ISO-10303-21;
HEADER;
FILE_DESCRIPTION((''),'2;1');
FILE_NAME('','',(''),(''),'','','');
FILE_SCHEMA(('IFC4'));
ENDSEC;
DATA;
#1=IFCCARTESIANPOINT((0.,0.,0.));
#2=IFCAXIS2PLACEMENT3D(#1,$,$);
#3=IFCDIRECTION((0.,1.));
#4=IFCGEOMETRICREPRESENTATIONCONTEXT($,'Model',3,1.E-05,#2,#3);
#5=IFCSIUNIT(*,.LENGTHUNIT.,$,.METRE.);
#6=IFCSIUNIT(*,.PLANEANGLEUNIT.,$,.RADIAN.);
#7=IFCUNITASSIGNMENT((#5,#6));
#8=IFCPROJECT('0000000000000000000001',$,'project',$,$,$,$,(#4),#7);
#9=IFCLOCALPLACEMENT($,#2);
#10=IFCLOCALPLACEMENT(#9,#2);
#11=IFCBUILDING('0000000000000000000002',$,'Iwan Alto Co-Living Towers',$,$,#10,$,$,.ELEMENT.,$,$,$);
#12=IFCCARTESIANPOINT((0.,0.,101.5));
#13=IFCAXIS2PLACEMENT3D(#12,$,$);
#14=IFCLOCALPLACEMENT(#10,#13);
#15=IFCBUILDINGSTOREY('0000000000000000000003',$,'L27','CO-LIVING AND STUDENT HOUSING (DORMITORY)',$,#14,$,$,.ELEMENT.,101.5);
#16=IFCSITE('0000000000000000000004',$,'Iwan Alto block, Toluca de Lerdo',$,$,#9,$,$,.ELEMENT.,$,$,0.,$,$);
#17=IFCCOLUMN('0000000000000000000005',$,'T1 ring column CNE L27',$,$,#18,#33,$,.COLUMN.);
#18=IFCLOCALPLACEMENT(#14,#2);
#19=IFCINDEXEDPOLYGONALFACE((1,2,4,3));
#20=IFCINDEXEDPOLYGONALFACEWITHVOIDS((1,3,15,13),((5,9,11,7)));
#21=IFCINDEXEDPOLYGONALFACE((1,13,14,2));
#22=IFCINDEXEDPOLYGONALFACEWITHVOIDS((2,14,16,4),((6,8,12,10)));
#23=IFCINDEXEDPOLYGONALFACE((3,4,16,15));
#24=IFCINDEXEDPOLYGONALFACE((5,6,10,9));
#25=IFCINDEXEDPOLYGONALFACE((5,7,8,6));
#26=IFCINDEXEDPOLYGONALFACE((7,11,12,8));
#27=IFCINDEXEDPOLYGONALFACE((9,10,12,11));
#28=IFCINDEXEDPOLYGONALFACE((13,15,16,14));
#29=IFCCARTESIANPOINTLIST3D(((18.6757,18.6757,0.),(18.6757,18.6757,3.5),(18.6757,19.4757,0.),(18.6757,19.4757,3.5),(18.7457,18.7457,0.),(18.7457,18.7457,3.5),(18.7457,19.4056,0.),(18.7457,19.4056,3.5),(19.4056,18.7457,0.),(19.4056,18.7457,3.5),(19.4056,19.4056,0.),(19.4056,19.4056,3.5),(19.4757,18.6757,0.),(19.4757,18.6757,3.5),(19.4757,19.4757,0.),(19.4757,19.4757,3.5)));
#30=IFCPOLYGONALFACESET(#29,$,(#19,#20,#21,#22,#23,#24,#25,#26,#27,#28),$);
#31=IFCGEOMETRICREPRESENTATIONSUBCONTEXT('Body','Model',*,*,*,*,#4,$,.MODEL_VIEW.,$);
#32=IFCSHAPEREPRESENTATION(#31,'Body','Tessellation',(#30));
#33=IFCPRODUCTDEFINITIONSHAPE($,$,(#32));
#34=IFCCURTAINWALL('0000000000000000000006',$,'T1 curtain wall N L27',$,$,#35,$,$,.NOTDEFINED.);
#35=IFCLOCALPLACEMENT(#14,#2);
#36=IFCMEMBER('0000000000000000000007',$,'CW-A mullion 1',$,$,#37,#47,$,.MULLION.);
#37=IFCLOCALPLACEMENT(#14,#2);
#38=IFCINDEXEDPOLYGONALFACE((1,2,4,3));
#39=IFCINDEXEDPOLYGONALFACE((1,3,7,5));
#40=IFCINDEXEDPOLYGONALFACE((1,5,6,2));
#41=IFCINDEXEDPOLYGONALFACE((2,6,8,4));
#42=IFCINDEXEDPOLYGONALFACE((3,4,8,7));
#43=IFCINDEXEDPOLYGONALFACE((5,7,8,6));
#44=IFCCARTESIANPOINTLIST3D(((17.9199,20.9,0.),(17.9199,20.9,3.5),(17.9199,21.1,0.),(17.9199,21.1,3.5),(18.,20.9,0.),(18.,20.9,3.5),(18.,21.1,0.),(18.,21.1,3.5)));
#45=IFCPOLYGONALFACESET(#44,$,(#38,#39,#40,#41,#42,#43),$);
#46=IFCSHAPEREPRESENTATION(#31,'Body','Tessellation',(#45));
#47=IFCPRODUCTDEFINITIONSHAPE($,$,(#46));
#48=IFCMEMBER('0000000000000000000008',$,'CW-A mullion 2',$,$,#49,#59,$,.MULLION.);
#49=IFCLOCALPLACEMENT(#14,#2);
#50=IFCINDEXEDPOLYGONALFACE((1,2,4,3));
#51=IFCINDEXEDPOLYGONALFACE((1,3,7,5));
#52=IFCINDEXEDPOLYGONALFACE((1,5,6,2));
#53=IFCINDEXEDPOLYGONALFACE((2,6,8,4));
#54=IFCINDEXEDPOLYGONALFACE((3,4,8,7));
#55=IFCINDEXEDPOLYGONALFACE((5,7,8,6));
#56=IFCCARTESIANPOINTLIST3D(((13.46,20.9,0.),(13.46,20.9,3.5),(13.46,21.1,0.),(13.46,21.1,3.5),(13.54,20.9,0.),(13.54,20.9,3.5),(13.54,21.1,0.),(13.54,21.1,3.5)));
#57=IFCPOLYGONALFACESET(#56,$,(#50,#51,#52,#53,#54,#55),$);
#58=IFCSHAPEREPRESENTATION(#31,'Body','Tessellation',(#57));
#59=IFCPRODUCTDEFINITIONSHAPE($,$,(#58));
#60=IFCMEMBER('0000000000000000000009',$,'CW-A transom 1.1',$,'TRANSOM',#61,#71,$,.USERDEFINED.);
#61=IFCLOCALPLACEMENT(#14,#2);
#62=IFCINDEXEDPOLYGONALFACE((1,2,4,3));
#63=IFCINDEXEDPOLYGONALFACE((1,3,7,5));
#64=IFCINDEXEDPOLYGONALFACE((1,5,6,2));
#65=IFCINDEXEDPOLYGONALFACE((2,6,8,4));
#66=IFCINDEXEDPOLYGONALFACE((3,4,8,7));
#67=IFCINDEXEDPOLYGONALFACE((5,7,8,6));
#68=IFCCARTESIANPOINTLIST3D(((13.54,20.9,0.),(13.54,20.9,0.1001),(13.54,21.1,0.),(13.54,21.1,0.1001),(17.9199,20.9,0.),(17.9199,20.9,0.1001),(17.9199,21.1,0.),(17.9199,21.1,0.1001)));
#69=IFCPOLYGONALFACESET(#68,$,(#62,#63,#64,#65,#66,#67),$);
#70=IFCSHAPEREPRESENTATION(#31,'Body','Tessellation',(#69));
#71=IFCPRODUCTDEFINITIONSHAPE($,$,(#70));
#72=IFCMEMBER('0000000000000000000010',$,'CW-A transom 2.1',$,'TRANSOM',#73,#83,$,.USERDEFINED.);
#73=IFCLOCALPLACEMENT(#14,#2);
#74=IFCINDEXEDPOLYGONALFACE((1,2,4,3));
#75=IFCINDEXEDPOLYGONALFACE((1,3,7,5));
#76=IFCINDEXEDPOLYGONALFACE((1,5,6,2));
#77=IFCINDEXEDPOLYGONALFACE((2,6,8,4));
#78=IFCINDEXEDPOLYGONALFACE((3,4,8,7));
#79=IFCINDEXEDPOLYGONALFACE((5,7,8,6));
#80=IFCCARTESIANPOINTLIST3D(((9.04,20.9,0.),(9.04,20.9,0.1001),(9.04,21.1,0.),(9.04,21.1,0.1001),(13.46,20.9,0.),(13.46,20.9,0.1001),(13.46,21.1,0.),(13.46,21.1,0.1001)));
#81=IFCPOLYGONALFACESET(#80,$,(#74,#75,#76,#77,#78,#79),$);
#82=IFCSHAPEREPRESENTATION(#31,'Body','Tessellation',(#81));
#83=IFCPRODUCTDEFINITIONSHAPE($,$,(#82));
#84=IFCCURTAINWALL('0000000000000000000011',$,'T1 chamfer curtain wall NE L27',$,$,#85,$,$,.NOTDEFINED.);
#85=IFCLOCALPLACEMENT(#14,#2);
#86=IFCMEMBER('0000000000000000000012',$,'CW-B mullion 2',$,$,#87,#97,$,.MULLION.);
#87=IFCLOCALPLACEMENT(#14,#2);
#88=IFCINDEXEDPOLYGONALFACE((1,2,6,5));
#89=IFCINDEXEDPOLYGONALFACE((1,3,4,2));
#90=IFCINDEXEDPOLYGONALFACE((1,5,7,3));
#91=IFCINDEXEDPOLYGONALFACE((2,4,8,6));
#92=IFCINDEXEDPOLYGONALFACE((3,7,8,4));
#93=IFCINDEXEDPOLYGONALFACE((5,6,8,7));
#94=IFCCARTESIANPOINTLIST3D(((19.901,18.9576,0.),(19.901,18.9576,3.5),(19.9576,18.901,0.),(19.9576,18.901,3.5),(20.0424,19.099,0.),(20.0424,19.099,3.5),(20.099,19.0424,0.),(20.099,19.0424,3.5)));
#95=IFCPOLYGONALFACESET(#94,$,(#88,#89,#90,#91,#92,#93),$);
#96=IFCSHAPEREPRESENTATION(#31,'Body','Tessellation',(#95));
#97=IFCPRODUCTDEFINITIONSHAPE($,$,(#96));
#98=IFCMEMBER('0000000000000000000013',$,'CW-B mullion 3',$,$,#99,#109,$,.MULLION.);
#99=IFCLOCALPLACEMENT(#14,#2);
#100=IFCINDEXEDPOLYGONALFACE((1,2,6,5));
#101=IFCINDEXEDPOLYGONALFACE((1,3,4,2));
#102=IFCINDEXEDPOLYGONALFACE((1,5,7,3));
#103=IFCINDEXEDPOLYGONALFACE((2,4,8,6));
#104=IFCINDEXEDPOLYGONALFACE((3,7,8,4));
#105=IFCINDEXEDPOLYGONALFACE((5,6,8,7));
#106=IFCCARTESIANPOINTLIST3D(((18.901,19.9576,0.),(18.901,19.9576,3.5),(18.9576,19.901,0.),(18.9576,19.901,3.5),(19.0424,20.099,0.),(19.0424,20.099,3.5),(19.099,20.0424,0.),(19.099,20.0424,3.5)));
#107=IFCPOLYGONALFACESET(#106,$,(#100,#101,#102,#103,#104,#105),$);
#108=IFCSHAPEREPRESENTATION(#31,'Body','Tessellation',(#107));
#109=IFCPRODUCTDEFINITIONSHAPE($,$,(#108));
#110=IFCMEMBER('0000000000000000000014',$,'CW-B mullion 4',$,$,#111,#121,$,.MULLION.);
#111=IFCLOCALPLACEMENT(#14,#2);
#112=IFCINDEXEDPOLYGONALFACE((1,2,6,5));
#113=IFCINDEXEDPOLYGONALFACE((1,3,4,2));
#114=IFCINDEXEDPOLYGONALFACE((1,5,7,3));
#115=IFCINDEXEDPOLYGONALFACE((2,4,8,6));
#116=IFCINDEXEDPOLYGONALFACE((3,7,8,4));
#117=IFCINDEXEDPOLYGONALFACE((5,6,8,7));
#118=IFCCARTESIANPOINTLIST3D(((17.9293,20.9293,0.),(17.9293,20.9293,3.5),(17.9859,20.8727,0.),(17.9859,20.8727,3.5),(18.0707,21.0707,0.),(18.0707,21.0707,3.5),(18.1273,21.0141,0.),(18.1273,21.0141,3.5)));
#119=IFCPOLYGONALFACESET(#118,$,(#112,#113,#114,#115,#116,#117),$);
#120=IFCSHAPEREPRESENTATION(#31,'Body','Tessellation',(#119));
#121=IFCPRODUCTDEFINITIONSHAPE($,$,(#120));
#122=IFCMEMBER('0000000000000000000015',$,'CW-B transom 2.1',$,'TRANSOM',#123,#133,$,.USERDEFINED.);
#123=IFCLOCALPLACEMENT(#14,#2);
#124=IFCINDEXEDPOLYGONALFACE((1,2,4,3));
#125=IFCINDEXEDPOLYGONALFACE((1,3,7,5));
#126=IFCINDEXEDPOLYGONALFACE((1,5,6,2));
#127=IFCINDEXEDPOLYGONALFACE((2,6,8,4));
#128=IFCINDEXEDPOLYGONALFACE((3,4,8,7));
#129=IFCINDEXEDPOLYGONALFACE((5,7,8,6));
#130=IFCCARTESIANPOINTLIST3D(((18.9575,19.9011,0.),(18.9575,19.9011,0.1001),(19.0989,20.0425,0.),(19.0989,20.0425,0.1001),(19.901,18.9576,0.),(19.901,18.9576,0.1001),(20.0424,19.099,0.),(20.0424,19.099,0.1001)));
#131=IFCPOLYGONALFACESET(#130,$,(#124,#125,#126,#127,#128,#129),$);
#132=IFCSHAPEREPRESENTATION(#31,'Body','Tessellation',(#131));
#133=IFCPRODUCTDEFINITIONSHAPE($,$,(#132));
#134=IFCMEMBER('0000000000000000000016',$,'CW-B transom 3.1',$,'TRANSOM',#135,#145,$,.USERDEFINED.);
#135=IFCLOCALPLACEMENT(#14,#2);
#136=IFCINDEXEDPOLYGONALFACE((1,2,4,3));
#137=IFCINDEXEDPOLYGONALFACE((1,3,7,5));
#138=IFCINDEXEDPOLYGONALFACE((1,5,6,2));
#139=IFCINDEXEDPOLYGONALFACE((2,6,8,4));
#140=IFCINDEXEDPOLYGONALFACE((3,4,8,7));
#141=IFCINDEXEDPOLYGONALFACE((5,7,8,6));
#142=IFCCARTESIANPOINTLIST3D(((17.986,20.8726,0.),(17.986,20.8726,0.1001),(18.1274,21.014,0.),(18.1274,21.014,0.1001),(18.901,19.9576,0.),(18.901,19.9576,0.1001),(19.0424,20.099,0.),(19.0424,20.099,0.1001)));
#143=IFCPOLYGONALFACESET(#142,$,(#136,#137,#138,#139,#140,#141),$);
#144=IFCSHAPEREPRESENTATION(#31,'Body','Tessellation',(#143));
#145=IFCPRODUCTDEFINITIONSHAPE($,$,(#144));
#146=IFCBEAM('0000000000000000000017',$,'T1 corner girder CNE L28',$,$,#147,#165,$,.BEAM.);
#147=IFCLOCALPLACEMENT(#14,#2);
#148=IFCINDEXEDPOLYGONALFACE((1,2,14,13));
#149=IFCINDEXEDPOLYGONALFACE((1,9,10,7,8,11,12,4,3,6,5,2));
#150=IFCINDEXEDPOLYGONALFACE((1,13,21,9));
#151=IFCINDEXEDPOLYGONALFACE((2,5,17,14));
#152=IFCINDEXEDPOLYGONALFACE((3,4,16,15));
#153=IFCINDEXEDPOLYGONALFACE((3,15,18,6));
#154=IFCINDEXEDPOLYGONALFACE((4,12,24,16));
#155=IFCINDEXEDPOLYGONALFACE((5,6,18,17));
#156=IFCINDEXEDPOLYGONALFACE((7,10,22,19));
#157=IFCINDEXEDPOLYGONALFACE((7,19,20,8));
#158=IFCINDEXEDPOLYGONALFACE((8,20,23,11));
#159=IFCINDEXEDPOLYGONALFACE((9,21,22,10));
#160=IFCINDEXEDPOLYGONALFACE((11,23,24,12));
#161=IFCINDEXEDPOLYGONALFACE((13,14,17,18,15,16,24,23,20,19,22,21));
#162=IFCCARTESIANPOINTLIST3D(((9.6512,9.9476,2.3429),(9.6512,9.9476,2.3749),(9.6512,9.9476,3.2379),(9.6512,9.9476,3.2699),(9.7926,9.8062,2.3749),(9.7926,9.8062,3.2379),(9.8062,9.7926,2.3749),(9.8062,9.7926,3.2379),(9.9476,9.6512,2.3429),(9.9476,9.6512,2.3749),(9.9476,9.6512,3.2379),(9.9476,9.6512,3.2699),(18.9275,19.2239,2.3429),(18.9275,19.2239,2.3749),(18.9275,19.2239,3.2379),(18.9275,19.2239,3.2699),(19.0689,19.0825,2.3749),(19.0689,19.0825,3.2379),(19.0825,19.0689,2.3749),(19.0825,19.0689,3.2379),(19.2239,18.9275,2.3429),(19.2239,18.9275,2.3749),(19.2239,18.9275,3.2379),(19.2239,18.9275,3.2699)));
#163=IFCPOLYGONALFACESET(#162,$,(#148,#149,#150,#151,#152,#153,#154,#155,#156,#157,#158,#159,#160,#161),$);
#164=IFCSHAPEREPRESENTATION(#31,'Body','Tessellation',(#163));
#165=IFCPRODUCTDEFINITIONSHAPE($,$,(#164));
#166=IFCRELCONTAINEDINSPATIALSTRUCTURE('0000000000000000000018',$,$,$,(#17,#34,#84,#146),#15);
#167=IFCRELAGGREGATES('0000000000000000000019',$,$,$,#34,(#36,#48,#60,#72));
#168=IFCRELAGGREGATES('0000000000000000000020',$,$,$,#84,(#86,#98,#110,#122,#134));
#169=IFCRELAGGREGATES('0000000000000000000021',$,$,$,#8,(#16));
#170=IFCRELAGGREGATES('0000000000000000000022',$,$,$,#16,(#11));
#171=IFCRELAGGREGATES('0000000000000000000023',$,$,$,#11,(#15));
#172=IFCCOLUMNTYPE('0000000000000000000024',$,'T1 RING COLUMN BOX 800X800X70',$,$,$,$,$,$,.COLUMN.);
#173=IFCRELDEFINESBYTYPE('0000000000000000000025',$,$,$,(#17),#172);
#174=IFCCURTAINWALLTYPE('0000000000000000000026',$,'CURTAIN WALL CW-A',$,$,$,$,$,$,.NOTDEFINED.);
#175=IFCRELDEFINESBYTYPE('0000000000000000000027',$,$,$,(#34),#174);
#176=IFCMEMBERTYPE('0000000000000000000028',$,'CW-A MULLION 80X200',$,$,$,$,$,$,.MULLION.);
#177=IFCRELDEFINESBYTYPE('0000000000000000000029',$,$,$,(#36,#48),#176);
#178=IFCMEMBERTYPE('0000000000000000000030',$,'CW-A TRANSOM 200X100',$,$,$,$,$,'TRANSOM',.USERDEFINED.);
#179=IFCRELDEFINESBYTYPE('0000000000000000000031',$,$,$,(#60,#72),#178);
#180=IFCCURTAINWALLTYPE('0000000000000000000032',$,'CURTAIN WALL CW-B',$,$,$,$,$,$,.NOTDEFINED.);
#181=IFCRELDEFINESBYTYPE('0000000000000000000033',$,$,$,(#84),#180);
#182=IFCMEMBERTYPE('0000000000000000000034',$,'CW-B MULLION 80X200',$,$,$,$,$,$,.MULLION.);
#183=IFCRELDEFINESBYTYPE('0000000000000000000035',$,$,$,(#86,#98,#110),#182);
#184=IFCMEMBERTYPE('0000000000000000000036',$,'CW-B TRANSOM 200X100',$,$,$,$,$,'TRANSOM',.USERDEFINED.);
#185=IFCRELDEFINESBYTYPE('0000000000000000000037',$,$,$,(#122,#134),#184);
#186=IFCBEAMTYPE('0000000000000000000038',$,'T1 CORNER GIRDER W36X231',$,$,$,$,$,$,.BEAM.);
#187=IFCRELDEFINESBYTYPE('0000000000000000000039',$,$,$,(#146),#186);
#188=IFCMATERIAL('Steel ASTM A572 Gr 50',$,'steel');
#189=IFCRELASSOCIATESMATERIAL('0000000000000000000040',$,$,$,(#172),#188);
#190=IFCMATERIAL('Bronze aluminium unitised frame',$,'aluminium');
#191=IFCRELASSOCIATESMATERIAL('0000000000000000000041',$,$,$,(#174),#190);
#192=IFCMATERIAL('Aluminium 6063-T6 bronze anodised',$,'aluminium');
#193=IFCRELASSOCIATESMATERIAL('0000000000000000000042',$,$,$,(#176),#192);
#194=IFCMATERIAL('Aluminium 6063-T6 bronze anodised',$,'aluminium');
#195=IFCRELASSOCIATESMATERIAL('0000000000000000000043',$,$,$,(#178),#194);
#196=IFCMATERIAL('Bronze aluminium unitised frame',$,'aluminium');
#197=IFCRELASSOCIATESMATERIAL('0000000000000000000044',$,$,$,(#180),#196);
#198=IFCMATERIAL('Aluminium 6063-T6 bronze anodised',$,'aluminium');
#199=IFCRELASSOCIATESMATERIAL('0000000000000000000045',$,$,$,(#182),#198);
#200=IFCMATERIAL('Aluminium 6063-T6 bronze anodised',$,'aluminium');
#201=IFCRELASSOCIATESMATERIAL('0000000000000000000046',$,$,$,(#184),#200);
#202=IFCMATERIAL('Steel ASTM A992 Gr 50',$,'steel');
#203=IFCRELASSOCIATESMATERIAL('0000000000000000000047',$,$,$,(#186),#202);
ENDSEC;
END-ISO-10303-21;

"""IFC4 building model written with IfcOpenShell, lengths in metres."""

from ifc_helpers import new_model, si_unit, direction, frame, origin, origin_2d, place, context, subcontext, project, spatial, rectangle, hollow_rectangle, i_section, extrude, material, material_profile, profile_set, type_object, element, aggregate, save


model = new_model("IFC4")

# Units and contexts
model_context = context("Model", 3, precision=1e-05, world=origin(), true_north=direction((0.0, 1.0)))
body_context = subcontext(model_context, "Body", "Model", "MODEL_VIEW")
ifc_project = project(units=[si_unit("LENGTHUNIT", "METRE"), si_unit("PLANEANGLEUNIT", "RADIAN")], contexts=[model_context])

# Site, building, storey
site_placement = place(None, origin())
site = spatial("IfcSite", under=ifc_project, at=site_placement, Name="Iwan Alto block, Toluca de Lerdo", CompositionType="ELEMENT", RefElevation=0.0)
building_placement = place(site_placement, origin())
building = spatial("IfcBuilding", under=site, at=building_placement, Name="Iwan Alto Co-Living Towers", CompositionType="ELEMENT")
storey_placement = place(building_placement, frame((0.0, 0.0, 101.5)))
storey = spatial("IfcBuildingStorey", under=building, at=storey_placement, Name="L27", Description="CO-LIVING AND STUDENT HOUSING (DORMITORY)", CompositionType="ELEMENT", Elevation=101.5)

# Column
ifc_material_1 = material(Name="Steel ASTM A572 Gr 50", Category="steel")
ifc_material_profile_1 = material_profile(ifc_material_1, hollow_rectangle(XDim=0.8, YDim=0.8, WallThickness=0.0701, at=origin_2d()), Name="BOX 800X800X70")
ifc_profile_set_1 = profile_set([ifc_material_profile_1], Name="Steel ASTM A572 Gr 50")
column_type = type_object("IfcColumnType", Name="T1 RING COLUMN BOX 800X800X70", PredefinedType="COLUMN", material=ifc_profile_set_1)
column_placement = place(storey_placement, frame((19.0757, 19.0757, 0.0), z_axis=(0.0, 0.0, 1.0), x_axis=(1.0, 0.0, 0.0)))
element("IfcColumn", 1, at=column_placement, inside=storey, type_object=column_type, Name="T1 ring column CNE L27", PredefinedType="COLUMN", context=body_context, shape_type="SweptSolid", body=[
    extrude(hollow_rectangle(XDim=0.8, YDim=0.8, WallThickness=0.0701, at=origin_2d()), origin(), (0.0, 0.0, 1.0), 3.5),
])

# Curtain walls, members
ifc_material_2 = material(Name="Bronze aluminium unitised frame", Category="aluminium")
curtain_wall_type_1 = type_object("IfcCurtainWallType", Name="CURTAIN WALL CW-A", PredefinedType="NOTDEFINED", material=ifc_material_2)
curtain_wall_1_placement = place(storey_placement, origin())
curtain_wall_1 = element("IfcCurtainWall", 2, at=curtain_wall_1_placement, inside=storey, type_object=curtain_wall_type_1, Name="T1 curtain wall N L27", PredefinedType="NOTDEFINED")
ifc_material_3 = material(Name="Aluminium 6063-T6 bronze anodised", Category="aluminium")
ifc_material_profile_2 = material_profile(ifc_material_3, rectangle(XDim=0.2, YDim=0.0801, at=origin_2d()), Name="AL 80X200")
ifc_profile_set_2 = profile_set([ifc_material_profile_2], Name="Aluminium 6063-T6 bronze anodised")
member_type_1 = type_object("IfcMemberType", Name="CW-A MULLION 80X200", PredefinedType="MULLION", material=ifc_profile_set_2)
member_1_placement = place(storey_placement, frame((17.96, 21.0, 0.0), z_axis=(0.0, 0.0, 1.0), x_axis=(0.0, -1.0, 0.0)))
member_1 = element("IfcMember", 3, at=member_1_placement, type_object=member_type_1, Name="CW-A mullion 1", PredefinedType="MULLION", context=body_context, shape_type="SweptSolid", body=[
    extrude(rectangle(XDim=0.2, YDim=0.0801, at=origin_2d()), origin(), (0.0, 0.0, 1.0), 3.5),
])
member_2_placement = place(storey_placement, frame((13.5, 21.0, 0.0), z_axis=(0.0, 0.0, 1.0), x_axis=(0.0, -1.0, 0.0)))
member_2 = element("IfcMember", 4, at=member_2_placement, type_object=member_type_1, Name="CW-A mullion 2", PredefinedType="MULLION", context=body_context, shape_type="SweptSolid", body=[
    extrude(rectangle(XDim=0.2, YDim=0.0801, at=origin_2d()), origin(), (0.0, 0.0, 1.0), 3.5),
])
ifc_material_4 = material(Name="Aluminium 6063-T6 bronze anodised", Category="aluminium")
ifc_material_profile_3 = material_profile(ifc_material_4, rectangle(XDim=0.2, YDim=0.1001, at=origin_2d()), Name="AL 200X100")
ifc_profile_set_3 = profile_set([ifc_material_profile_3], Name="Aluminium 6063-T6 bronze anodised")
member_type_2 = type_object("IfcMemberType", Name="CW-A TRANSOM 200X100", ElementType="TRANSOM", PredefinedType="USERDEFINED", material=ifc_profile_set_3)
member_3_placement = place(storey_placement, frame((17.9199, 21.0, 0.05), z_axis=(-1.0, 0.0, 0.0), x_axis=(0.0, -1.0, 0.0)))
member_3 = element("IfcMember", 5, at=member_3_placement, type_object=member_type_2, Name="CW-A transom 1.1", ObjectType="TRANSOM", PredefinedType="USERDEFINED", context=body_context, shape_type="SweptSolid", body=[
    extrude(rectangle(XDim=0.2, YDim=0.1001, at=origin_2d()), origin(), (0.0, 0.0, 1.0), 4.3799),
])
member_4_placement = place(storey_placement, frame((13.46, 21.0, 0.05), z_axis=(-1.0, 0.0, 0.0), x_axis=(0.0, -1.0, 0.0)))
member_4 = element("IfcMember", 6, at=member_4_placement, type_object=member_type_2, Name="CW-A transom 2.1", ObjectType="TRANSOM", PredefinedType="USERDEFINED", context=body_context, shape_type="SweptSolid", body=[
    extrude(rectangle(XDim=0.2, YDim=0.1001, at=origin_2d()), origin(), (0.0, 0.0, 1.0), 4.4199),
])
ifc_material_5 = material(Name="Bronze aluminium unitised frame", Category="aluminium")
curtain_wall_type_2 = type_object("IfcCurtainWallType", Name="CURTAIN WALL CW-B", PredefinedType="NOTDEFINED", material=ifc_material_5)
curtain_wall_2_placement = place(storey_placement, origin())
curtain_wall_2 = element("IfcCurtainWall", 7, at=curtain_wall_2_placement, inside=storey, type_object=curtain_wall_type_2, Name="T1 chamfer curtain wall NE L27", PredefinedType="NOTDEFINED")
ifc_material_6 = material(Name="Aluminium 6063-T6 bronze anodised", Category="aluminium")
ifc_material_profile_4 = material_profile(ifc_material_6, rectangle(XDim=0.2, YDim=0.0801, at=origin_2d()), Name="AL 80X200")
ifc_profile_set_4 = profile_set([ifc_material_profile_4], Name="Aluminium 6063-T6 bronze anodised")
member_type_3 = type_object("IfcMemberType", Name="CW-B MULLION 80X200", PredefinedType="MULLION", material=ifc_profile_set_4)
member_5_placement = place(storey_placement, frame((20.0, 19.0, 0.0), z_axis=(0.0, 0.0, 1.0), x_axis=(-0.707107, -0.707107, 0.0)))
member_5 = element("IfcMember", 8, at=member_5_placement, type_object=member_type_3, Name="CW-B mullion 2", PredefinedType="MULLION", context=body_context, shape_type="SweptSolid", body=[
    extrude(rectangle(XDim=0.2, YDim=0.0801, at=origin_2d()), origin(), (0.0, 0.0, 1.0), 3.5),
])
member_6_placement = place(storey_placement, frame((19.0, 20.0, 0.0), z_axis=(0.0, 0.0, 1.0), x_axis=(-0.707107, -0.707107, 0.0)))
member_6 = element("IfcMember", 9, at=member_6_placement, type_object=member_type_3, Name="CW-B mullion 3", PredefinedType="MULLION", context=body_context, shape_type="SweptSolid", body=[
    extrude(rectangle(XDim=0.2, YDim=0.0801, at=origin_2d()), origin(), (0.0, 0.0, 1.0), 3.5),
])
member_7_placement = place(storey_placement, frame((18.0283, 20.9717, 0.0), z_axis=(0.0, 0.0, 1.0), x_axis=(-0.707107, -0.707107, 0.0)))
member_7 = element("IfcMember", 10, at=member_7_placement, type_object=member_type_3, Name="CW-B mullion 4", PredefinedType="MULLION", context=body_context, shape_type="SweptSolid", body=[
    extrude(rectangle(XDim=0.2, YDim=0.0801, at=origin_2d()), origin(), (0.0, 0.0, 1.0), 3.5),
])
ifc_material_7 = material(Name="Aluminium 6063-T6 bronze anodised", Category="aluminium")
ifc_material_profile_5 = material_profile(ifc_material_7, rectangle(XDim=0.2, YDim=0.1001, at=origin_2d()), Name="AL 200X100")
ifc_profile_set_5 = profile_set([ifc_material_profile_5], Name="Aluminium 6063-T6 bronze anodised")
member_type_4 = type_object("IfcMemberType", Name="CW-B TRANSOM 200X100", ElementType="TRANSOM", PredefinedType="USERDEFINED", material=ifc_profile_set_5)
member_8_placement = place(storey_placement, frame((19.9717, 19.0283, 0.05), z_axis=(-0.707107, 0.707107, 0.0), x_axis=(-0.707107, -0.707107, 0.0)))
member_8 = element("IfcMember", 11, at=member_8_placement, type_object=member_type_4, Name="CW-B transom 2.1", ObjectType="TRANSOM", PredefinedType="USERDEFINED", context=body_context, shape_type="SweptSolid", body=[
    extrude(rectangle(XDim=0.2, YDim=0.1001, at=origin_2d()), origin(), (0.0, 0.0, 1.0), 1.3342),
])
member_9_placement = place(storey_placement, frame((18.9717, 20.0283, 0.05), z_axis=(-0.707107, 0.707107, 0.0), x_axis=(-0.707107, -0.707107, 0.0)))
member_9 = element("IfcMember", 12, at=member_9_placement, type_object=member_type_4, Name="CW-B transom 3.1", ObjectType="TRANSOM", PredefinedType="USERDEFINED", context=body_context, shape_type="SweptSolid", body=[
    extrude(rectangle(XDim=0.2, YDim=0.1001, at=origin_2d()), origin(), (0.0, 0.0, 1.0), 1.2939),
])

# Beam
ifc_material_8 = material(Name="Steel ASTM A992 Gr 50", Category="steel")
ifc_material_profile_6 = material_profile(ifc_material_8, i_section(OverallWidth=0.4192, OverallDepth=0.927, WebThickness=0.0193, FlangeThickness=0.032, at=origin_2d()), Name="W36X231")
ifc_profile_set_6 = profile_set([ifc_material_profile_6], Name="Steel ASTM A992 Gr 50")
beam_type_1 = type_object("IfcBeamType", Name="T1 CORNER GIRDER W36X231", PredefinedType="BEAM", material=ifc_profile_set_6)
beam_1_placement = place(storey_placement, frame((19.0757, 19.0757, 2.8064), z_axis=(-0.707107, -0.707107, 0.0), x_axis=(0.707107, -0.707107, 0.0)))
element("IfcBeam", 13, at=beam_1_placement, inside=storey, type_object=beam_type_1, Name="T1 corner girder CNE L28", PredefinedType="BEAM", context=body_context, shape_type="SweptSolid", body=[
    extrude(i_section(OverallWidth=0.4192, OverallDepth=0.927, WebThickness=0.0193, FlangeThickness=0.032, at=origin_2d()), origin(), (0.0, 0.0, 1.0), 13.1187),
])

aggregate(curtain_wall_1, [member_1, member_2, member_3, member_4])
aggregate(curtain_wall_2, [member_5, member_6, member_7, member_8, member_9])

save(model, "model.ifc")
